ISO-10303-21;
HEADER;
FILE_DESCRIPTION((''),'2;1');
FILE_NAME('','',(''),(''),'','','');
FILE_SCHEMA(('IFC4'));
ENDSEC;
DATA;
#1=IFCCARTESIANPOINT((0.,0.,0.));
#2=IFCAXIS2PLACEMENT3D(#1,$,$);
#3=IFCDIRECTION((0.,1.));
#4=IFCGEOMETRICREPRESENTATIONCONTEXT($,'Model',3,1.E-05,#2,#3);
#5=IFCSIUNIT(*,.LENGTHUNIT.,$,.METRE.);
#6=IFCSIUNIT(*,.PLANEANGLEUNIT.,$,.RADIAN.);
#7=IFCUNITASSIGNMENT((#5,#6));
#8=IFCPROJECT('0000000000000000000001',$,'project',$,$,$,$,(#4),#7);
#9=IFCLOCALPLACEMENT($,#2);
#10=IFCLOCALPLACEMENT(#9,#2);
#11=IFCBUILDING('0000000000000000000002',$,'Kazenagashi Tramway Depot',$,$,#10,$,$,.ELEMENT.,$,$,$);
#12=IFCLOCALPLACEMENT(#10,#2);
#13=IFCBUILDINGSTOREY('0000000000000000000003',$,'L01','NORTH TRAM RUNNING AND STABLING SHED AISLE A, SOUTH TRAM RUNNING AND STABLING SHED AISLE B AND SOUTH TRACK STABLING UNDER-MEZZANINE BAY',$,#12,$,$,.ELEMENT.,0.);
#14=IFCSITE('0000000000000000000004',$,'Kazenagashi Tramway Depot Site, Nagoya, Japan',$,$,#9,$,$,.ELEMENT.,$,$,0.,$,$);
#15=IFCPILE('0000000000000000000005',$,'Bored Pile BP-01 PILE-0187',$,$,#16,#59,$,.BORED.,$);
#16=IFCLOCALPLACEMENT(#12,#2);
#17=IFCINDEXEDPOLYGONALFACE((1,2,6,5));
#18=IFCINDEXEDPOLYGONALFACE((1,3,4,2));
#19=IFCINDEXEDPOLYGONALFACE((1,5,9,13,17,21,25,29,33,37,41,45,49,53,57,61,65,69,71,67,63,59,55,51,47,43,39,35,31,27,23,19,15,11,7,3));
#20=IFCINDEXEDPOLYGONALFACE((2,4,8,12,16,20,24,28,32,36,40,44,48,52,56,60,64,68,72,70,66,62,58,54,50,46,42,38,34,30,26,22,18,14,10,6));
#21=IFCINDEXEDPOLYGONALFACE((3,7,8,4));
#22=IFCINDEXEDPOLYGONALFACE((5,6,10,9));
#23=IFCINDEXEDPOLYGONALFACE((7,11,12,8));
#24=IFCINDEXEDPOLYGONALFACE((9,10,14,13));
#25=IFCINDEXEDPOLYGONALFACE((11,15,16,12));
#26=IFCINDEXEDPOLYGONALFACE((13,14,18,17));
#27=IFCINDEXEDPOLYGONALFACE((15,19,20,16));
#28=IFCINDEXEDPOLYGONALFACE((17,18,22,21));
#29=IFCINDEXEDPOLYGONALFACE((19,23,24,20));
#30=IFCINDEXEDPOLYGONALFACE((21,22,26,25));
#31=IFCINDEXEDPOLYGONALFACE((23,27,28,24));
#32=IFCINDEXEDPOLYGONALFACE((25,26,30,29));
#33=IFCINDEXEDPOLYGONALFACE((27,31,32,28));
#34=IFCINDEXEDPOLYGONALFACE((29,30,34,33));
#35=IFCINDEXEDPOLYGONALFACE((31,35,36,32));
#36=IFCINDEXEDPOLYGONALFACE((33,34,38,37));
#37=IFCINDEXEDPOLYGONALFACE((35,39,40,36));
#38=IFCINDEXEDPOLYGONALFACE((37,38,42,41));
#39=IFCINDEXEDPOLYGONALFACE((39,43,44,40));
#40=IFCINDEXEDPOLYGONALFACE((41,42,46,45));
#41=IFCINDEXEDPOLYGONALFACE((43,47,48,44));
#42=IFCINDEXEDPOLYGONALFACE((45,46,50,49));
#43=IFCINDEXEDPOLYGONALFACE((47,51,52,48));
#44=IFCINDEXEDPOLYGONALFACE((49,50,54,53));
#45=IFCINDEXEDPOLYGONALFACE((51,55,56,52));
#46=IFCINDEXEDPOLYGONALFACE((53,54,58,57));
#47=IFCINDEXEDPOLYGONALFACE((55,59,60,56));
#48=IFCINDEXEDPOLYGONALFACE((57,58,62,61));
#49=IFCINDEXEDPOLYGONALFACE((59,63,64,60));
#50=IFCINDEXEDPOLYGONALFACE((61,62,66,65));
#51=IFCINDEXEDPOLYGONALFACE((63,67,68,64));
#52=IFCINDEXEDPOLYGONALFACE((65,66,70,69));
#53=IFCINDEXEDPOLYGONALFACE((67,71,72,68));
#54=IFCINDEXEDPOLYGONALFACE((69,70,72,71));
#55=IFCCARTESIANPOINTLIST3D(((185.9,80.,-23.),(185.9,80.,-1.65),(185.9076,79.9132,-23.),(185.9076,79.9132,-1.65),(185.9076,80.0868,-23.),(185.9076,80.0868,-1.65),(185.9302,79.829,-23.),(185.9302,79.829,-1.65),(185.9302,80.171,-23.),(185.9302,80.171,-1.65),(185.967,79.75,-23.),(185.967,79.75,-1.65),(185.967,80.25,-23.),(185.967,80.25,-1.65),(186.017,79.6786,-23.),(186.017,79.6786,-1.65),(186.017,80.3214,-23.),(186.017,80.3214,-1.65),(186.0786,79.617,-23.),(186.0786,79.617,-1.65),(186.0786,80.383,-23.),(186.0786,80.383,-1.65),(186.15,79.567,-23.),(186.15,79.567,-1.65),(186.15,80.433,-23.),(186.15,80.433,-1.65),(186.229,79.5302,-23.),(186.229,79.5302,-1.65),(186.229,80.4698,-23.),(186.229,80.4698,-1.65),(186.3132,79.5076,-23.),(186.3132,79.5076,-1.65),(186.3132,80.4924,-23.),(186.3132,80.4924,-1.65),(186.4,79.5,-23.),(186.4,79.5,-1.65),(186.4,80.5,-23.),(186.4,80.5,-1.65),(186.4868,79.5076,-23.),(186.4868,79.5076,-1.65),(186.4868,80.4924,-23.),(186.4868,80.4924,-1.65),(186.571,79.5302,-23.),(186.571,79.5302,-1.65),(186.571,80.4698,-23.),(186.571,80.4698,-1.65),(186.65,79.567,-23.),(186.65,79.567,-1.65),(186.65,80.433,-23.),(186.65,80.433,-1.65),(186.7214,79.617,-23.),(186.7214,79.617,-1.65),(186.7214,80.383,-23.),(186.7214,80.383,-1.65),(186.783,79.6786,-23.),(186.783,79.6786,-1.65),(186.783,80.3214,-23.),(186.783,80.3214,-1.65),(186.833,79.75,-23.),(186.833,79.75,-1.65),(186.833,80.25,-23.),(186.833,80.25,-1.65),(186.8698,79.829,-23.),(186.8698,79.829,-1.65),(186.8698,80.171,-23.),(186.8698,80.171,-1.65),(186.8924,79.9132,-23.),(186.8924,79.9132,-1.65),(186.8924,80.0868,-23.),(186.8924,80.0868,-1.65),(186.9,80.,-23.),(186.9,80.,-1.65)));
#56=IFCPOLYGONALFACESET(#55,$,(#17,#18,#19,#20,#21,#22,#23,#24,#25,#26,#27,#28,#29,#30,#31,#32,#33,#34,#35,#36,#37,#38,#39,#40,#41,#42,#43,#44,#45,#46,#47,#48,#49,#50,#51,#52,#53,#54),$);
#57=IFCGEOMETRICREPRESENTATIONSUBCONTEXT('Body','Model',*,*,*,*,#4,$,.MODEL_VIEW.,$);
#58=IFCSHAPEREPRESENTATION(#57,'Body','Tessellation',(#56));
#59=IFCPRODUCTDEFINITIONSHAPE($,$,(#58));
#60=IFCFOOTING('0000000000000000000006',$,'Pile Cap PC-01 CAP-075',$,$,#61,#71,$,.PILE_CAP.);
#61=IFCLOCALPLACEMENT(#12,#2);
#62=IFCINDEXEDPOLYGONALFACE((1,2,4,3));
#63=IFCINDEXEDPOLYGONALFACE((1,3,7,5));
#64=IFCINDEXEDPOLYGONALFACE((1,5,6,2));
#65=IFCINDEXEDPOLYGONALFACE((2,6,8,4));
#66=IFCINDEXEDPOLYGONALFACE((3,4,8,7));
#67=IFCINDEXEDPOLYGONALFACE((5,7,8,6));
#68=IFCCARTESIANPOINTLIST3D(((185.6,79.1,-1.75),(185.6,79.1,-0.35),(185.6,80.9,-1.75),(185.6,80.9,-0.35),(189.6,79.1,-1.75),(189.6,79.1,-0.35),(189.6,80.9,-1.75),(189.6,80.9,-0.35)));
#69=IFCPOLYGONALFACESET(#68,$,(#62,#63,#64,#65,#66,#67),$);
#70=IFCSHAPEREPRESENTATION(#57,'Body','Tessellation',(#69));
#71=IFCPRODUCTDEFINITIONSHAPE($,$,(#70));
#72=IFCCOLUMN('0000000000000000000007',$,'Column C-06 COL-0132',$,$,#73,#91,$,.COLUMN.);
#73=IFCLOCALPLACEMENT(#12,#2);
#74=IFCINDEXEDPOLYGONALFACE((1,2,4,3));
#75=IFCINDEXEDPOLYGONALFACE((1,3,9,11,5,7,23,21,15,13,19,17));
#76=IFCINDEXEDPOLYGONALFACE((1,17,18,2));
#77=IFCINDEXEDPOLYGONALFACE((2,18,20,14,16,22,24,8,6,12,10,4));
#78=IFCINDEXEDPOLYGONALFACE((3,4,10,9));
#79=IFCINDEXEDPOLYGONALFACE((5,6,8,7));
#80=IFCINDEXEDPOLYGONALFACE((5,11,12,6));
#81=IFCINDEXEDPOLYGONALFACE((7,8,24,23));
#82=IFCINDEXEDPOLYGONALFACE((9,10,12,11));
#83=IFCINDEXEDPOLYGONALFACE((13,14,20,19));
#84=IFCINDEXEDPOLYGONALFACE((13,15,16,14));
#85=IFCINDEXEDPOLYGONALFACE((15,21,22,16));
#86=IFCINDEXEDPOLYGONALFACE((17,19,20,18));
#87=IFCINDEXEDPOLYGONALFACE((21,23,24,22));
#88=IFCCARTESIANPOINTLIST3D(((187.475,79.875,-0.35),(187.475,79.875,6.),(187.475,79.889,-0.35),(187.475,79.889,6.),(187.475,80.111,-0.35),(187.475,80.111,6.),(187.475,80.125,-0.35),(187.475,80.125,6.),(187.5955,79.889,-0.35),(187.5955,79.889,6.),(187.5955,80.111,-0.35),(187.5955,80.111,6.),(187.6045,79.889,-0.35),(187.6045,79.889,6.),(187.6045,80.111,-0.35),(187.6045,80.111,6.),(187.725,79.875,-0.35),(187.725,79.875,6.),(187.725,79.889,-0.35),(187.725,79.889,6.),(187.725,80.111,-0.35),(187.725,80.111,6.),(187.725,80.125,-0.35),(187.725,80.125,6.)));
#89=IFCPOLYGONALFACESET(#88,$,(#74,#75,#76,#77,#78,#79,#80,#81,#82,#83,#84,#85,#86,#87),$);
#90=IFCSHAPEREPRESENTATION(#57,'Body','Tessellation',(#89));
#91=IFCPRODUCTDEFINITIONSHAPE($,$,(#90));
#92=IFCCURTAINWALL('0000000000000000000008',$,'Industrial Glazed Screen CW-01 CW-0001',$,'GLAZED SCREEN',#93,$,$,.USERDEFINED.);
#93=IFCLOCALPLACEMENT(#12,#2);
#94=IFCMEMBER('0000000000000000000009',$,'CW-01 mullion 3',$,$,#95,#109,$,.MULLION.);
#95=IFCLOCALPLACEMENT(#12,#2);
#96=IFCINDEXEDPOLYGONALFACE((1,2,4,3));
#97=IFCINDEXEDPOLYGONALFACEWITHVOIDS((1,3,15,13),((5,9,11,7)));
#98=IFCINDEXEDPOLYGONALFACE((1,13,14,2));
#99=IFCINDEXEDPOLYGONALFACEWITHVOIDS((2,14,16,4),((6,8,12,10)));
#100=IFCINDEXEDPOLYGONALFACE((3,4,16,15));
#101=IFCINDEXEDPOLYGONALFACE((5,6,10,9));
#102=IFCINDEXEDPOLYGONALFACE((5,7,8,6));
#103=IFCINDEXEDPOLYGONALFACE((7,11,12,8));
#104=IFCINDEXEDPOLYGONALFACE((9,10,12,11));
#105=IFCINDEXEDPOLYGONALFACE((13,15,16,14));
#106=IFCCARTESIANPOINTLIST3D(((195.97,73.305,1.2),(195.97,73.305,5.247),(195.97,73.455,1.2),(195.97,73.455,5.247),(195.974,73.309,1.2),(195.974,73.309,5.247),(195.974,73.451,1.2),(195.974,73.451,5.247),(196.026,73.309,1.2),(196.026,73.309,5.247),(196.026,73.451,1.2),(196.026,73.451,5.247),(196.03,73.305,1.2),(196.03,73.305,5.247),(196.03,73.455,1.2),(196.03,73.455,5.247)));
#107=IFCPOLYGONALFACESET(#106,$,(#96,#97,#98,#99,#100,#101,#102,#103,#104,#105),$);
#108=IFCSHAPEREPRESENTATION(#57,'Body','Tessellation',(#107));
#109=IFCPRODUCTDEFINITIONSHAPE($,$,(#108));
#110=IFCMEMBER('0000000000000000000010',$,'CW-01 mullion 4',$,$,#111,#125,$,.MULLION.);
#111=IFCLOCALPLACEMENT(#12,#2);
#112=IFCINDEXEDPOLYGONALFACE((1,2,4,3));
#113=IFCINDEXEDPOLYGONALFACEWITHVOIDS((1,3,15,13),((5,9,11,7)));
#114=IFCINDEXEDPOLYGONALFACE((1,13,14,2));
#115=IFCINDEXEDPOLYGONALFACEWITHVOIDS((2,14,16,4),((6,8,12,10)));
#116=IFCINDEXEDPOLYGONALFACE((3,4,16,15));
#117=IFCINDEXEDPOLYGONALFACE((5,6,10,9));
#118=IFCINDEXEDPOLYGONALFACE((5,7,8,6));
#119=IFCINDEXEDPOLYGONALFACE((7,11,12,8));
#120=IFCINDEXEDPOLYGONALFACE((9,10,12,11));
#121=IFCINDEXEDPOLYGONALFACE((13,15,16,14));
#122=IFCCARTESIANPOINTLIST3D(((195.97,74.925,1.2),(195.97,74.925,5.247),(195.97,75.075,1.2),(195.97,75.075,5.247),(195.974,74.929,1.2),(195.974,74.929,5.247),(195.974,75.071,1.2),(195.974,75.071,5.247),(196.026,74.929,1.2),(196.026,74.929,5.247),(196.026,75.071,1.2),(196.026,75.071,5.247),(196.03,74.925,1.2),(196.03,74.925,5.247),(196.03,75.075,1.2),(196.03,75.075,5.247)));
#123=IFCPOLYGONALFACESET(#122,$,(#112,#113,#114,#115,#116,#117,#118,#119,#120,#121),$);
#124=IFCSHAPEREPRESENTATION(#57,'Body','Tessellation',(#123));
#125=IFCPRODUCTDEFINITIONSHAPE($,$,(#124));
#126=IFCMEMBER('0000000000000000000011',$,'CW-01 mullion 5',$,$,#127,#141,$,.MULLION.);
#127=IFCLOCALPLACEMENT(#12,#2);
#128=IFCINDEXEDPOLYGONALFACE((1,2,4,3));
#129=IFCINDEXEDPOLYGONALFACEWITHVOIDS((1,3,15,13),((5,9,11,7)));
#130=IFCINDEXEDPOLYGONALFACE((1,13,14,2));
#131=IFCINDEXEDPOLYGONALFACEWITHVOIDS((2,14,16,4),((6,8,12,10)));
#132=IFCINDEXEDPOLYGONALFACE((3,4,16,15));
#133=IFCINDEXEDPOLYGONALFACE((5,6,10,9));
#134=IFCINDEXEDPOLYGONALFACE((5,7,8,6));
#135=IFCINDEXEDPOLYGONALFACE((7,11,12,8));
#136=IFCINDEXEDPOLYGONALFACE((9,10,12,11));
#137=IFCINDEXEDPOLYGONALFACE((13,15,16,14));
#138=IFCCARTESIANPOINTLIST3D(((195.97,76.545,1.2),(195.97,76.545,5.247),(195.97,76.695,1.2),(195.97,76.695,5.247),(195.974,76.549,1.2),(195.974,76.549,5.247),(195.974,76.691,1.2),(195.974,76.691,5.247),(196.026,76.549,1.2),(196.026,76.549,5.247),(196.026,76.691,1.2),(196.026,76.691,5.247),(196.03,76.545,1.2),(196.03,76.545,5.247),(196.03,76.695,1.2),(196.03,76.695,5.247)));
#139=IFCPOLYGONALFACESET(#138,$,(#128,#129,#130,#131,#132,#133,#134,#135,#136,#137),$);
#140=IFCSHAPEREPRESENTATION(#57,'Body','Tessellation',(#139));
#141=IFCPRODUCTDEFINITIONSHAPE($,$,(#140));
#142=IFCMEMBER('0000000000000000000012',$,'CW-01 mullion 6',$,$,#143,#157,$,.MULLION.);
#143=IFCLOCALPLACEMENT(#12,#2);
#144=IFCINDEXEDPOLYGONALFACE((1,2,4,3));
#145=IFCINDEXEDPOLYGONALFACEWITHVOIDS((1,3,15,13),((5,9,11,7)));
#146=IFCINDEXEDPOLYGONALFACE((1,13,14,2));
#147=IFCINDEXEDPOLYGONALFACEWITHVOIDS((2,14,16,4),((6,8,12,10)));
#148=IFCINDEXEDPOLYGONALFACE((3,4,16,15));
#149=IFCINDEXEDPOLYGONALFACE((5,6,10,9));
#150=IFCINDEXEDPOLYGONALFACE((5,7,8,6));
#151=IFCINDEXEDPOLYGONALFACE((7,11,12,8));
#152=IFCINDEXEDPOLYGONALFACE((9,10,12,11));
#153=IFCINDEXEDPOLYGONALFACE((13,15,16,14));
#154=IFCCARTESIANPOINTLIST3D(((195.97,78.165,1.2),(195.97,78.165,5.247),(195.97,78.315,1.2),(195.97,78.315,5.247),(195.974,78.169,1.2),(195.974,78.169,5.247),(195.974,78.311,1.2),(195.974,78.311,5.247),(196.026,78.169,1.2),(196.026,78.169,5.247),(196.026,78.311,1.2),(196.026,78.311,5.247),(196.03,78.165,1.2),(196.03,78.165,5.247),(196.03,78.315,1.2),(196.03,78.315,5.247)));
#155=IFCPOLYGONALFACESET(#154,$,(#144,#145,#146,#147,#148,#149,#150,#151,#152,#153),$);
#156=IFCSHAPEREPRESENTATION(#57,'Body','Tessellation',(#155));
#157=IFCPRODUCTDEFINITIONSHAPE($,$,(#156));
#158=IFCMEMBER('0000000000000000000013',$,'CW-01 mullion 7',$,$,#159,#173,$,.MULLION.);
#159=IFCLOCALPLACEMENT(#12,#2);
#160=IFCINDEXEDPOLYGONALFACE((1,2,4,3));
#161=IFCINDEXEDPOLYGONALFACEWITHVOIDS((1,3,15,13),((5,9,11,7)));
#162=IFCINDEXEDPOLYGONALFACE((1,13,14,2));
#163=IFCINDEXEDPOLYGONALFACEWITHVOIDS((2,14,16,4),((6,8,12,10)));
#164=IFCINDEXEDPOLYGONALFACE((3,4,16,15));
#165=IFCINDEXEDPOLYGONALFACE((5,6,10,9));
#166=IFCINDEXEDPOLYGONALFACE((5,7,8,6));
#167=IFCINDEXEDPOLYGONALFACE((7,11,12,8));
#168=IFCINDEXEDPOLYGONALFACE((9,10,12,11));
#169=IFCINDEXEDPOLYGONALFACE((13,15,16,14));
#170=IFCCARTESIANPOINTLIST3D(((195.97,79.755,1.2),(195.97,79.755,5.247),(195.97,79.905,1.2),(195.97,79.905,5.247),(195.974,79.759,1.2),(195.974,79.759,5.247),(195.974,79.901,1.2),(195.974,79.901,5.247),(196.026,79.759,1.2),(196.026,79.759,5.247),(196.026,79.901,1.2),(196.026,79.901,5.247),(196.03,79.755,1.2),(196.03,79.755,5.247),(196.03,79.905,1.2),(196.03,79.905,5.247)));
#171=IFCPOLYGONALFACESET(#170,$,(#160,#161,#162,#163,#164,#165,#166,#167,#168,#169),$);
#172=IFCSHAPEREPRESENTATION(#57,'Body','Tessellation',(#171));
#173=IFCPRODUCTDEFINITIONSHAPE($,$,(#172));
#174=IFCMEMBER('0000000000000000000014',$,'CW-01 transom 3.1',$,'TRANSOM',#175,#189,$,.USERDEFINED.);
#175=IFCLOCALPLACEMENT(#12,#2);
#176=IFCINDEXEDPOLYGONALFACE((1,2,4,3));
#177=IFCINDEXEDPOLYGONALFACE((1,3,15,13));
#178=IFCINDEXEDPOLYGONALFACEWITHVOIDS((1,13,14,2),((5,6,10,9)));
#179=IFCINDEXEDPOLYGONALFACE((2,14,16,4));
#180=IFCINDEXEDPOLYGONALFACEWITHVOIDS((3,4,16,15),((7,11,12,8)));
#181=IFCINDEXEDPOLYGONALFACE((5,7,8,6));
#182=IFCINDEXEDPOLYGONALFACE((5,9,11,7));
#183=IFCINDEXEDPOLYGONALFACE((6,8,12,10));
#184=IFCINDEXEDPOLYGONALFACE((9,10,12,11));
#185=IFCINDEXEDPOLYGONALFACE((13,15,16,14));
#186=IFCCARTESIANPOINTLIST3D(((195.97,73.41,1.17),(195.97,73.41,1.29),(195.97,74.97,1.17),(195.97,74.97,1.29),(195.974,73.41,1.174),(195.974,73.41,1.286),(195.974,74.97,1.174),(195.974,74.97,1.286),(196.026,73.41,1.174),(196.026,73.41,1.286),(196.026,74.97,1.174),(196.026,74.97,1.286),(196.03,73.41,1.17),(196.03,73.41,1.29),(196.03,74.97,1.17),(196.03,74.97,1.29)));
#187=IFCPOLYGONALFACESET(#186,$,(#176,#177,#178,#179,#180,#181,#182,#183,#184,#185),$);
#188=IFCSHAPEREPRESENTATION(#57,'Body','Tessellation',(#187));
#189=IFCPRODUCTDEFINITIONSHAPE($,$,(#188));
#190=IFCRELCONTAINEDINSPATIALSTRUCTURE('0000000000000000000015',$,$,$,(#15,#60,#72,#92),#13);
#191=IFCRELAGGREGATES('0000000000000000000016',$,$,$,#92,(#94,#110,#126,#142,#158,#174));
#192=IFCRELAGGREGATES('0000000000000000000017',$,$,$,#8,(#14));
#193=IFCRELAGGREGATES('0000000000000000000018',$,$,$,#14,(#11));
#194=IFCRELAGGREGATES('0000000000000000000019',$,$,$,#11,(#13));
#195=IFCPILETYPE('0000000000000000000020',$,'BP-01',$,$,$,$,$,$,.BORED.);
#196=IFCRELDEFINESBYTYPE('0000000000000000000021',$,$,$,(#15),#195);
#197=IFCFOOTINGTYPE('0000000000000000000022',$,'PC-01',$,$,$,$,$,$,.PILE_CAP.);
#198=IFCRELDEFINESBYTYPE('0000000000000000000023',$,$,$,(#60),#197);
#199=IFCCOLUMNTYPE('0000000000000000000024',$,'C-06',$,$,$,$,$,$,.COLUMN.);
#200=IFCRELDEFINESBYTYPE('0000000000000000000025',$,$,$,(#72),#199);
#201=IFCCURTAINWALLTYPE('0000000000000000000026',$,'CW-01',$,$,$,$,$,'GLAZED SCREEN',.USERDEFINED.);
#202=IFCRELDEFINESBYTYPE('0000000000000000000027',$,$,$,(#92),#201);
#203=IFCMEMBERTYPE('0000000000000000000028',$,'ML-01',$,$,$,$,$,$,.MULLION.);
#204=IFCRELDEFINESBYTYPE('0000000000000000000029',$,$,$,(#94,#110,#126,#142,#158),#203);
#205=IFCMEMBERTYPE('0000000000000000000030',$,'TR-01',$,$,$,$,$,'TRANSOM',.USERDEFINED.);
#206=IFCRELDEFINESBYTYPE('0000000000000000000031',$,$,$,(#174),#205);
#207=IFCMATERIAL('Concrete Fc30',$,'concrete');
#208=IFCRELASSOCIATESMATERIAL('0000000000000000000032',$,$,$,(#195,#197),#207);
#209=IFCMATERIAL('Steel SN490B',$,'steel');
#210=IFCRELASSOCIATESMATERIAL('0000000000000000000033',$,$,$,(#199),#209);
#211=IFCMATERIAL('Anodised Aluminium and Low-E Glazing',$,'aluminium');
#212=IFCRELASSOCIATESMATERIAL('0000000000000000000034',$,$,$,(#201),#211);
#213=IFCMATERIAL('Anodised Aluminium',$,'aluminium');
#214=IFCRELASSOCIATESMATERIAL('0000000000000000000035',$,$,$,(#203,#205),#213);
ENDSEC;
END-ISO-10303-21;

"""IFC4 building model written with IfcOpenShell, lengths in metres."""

from ifc_helpers import new_model, si_unit, direction, frame, origin, origin_2d, place, context, subcontext, project, spatial, rectangle, hollow_rectangle, circle, i_section, extrude, material, material_profile, profile_set, type_object, element, aggregate, save


model = new_model("IFC4")

# Units and contexts
model_context = context("Model", 3, precision=1e-05, world=origin(), true_north=direction((0.0, 1.0)))
body_context = subcontext(model_context, "Body", "Model", "MODEL_VIEW")
ifc_project = project(units=[si_unit("LENGTHUNIT", "METRE"), si_unit("PLANEANGLEUNIT", "RADIAN")], contexts=[model_context])

# Site, building, storey
site_placement = place(None, origin())
site = spatial("IfcSite", under=ifc_project, at=site_placement, Name="Kazenagashi Tramway Depot Site, Nagoya, Japan", CompositionType="ELEMENT", RefElevation=0.0)
building_placement = place(site_placement, origin())
building = spatial("IfcBuilding", under=site, at=building_placement, Name="Kazenagashi Tramway Depot", CompositionType="ELEMENT")
storey_placement = place(building_placement, origin())
storey = spatial("IfcBuildingStorey", under=building, at=storey_placement, Name="L01", Description="NORTH TRAM RUNNING AND STABLING SHED AISLE A, SOUTH TRAM RUNNING AND STABLING SHED AISLE B AND SOUTH TRACK STABLING UNDER-MEZZANINE BAY", CompositionType="ELEMENT", Elevation=0.0)

# Pile
ifc_material_1 = material(Name="Concrete Fc30", Category="concrete")
ifc_material_profile_1 = material_profile(ifc_material_1, circle(Radius=0.5, at=origin_2d()), Name="PILE-1000")
ifc_profile_set_1 = profile_set([ifc_material_profile_1], Name="Concrete Fc30")
pile_type = type_object("IfcPileType", Name="BP-01", PredefinedType="BORED", material=ifc_profile_set_1)
pile_placement = place(storey_placement, frame((186.4, 80.0, -1.65), z_axis=(0.0, 0.0, -1.0), x_axis=(1.0, 0.0, 0.0)))
element("IfcPile", 1, at=pile_placement, inside=storey, type_object=pile_type, Name="Bored Pile BP-01 PILE-0187", PredefinedType="BORED", context=body_context, shape_type="SweptSolid", body=[
    extrude(circle(Radius=0.5, at=origin_2d()), origin(), (0.0, 0.0, 1.0), 21.35),
])

# Footing
footing_type = type_object("IfcFootingType", Name="PC-01", PredefinedType="PILE_CAP", material=ifc_material_1)
footing_placement = place(storey_placement, frame((187.6, 80.0, -1.75), z_axis=(0.0, 0.0, 1.0), x_axis=(1.0, 0.0, 0.0)))
element("IfcFooting", 2, at=footing_placement, inside=storey, type_object=footing_type, Name="Pile Cap PC-01 CAP-075", PredefinedType="PILE_CAP", context=body_context, shape_type="SweptSolid", body=[
    extrude(rectangle(XDim=4.0, YDim=1.8, at=origin_2d()), origin(), (0.0, 0.0, 1.0), 1.4),
])

# Column
ifc_material_2 = material(Name="Steel SN490B", Category="steel")
ifc_material_profile_2 = material_profile(ifc_material_2, i_section(OverallWidth=0.25, OverallDepth=0.25, WebThickness=0.009, FlangeThickness=0.014, at=origin_2d()), Name="H-250x250x9x14")
ifc_profile_set_2 = profile_set([ifc_material_profile_2], Name="Steel SN490B")
column_type = type_object("IfcColumnType", Name="C-06", PredefinedType="COLUMN", material=ifc_profile_set_2)
column_placement = place(storey_placement, frame((187.6, 80.0, -0.35), z_axis=(0.0, 0.0, 1.0), x_axis=(1.0, 0.0, 0.0)))
element("IfcColumn", 3, at=column_placement, inside=storey, type_object=column_type, Name="Column C-06 COL-0132", PredefinedType="COLUMN", context=body_context, shape_type="SweptSolid", body=[
    extrude(i_section(OverallWidth=0.25, OverallDepth=0.25, WebThickness=0.009, FlangeThickness=0.014, at=origin_2d()), origin(), (0.0, 0.0, 1.0), 6.35),
])

# Curtain wall, members
ifc_material_3 = material(Name="Anodised Aluminium and Low-E Glazing", Category="aluminium")
curtain_wall_type = type_object("IfcCurtainWallType", Name="CW-01", ElementType="GLAZED SCREEN", PredefinedType="USERDEFINED", material=ifc_material_3)
curtain_wall_placement = place(storey_placement, origin())
curtain_wall = element("IfcCurtainWall", 4, at=curtain_wall_placement, inside=storey, type_object=curtain_wall_type, Name="Industrial Glazed Screen CW-01 CW-0001", ObjectType="GLAZED SCREEN", PredefinedType="USERDEFINED")
ifc_material_4 = material(Name="Anodised Aluminium", Category="aluminium")
ifc_material_profile_3 = material_profile(ifc_material_4, hollow_rectangle(XDim=0.06, YDim=0.15, WallThickness=0.004, at=origin_2d()), Name="RHS-150x60x4")
ifc_profile_set_3 = profile_set([ifc_material_profile_3], Name="Anodised Aluminium")
member_type_1 = type_object("IfcMemberType", Name="ML-01", PredefinedType="MULLION", material=ifc_profile_set_3)
member_1_placement = place(storey_placement, frame((196.0, 73.38, 1.2), z_axis=(0.0, 0.0, 1.0), x_axis=(-1.0, 0.0, 0.0)))
member_1 = element("IfcMember", 5, at=member_1_placement, type_object=member_type_1, Name="CW-01 mullion 3", PredefinedType="MULLION", context=body_context, shape_type="SweptSolid", body=[
    extrude(hollow_rectangle(XDim=0.06, YDim=0.15, WallThickness=0.004, at=origin_2d()), origin(), (0.0, 0.0, 1.0), 4.047),
])
member_2_placement = place(storey_placement, frame((196.0, 75.0, 1.2), z_axis=(0.0, 0.0, 1.0), x_axis=(-1.0, 0.0, 0.0)))
member_2 = element("IfcMember", 6, at=member_2_placement, type_object=member_type_1, Name="CW-01 mullion 4", PredefinedType="MULLION", context=body_context, shape_type="SweptSolid", body=[
    extrude(hollow_rectangle(XDim=0.06, YDim=0.15, WallThickness=0.004, at=origin_2d()), origin(), (0.0, 0.0, 1.0), 4.047),
])
member_3_placement = place(storey_placement, frame((196.0, 76.62, 1.2), z_axis=(0.0, 0.0, 1.0), x_axis=(-1.0, 0.0, 0.0)))
member_3 = element("IfcMember", 7, at=member_3_placement, type_object=member_type_1, Name="CW-01 mullion 5", PredefinedType="MULLION", context=body_context, shape_type="SweptSolid", body=[
    extrude(hollow_rectangle(XDim=0.06, YDim=0.15, WallThickness=0.004, at=origin_2d()), origin(), (0.0, 0.0, 1.0), 4.047),
])
member_4_placement = place(storey_placement, frame((196.0, 78.24, 1.2), z_axis=(0.0, 0.0, 1.0), x_axis=(-1.0, 0.0, 0.0)))
member_4 = element("IfcMember", 8, at=member_4_placement, type_object=member_type_1, Name="CW-01 mullion 6", PredefinedType="MULLION", context=body_context, shape_type="SweptSolid", body=[
    extrude(hollow_rectangle(XDim=0.06, YDim=0.15, WallThickness=0.004, at=origin_2d()), origin(), (0.0, 0.0, 1.0), 4.047),
])
member_5_placement = place(storey_placement, frame((196.0, 79.83, 1.2), z_axis=(0.0, 0.0, 1.0), x_axis=(-1.0, 0.0, 0.0)))
member_5 = element("IfcMember", 9, at=member_5_placement, type_object=member_type_1, Name="CW-01 mullion 7", PredefinedType="MULLION", context=body_context, shape_type="SweptSolid", body=[
    extrude(hollow_rectangle(XDim=0.06, YDim=0.15, WallThickness=0.004, at=origin_2d()), origin(), (0.0, 0.0, 1.0), 4.047),
])
ifc_material_profile_4 = material_profile(ifc_material_4, hollow_rectangle(XDim=0.06, YDim=0.12, WallThickness=0.004, at=origin_2d()), Name="RHS-120x60x4")
ifc_profile_set_4 = profile_set([ifc_material_profile_4], Name="Anodised Aluminium")
member_type_2 = type_object("IfcMemberType", Name="TR-01", ElementType="TRANSOM", PredefinedType="USERDEFINED", material=ifc_profile_set_4)
member_6_placement = place(storey_placement, frame((196.0, 73.41, 1.23), z_axis=(0.0, 1.0, 0.0), x_axis=(-1.0, 0.0, 0.0)))
member_6 = element("IfcMember", 10, at=member_6_placement, type_object=member_type_2, Name="CW-01 transom 3.1", ObjectType="TRANSOM", PredefinedType="USERDEFINED", context=body_context, shape_type="SweptSolid", body=[
    extrude(hollow_rectangle(XDim=0.06, YDim=0.12, WallThickness=0.004, at=origin_2d()), origin(), (0.0, 0.0, 1.0), 1.56),
])
aggregate(curtain_wall, [member_1, member_2, member_3, member_4, member_5, member_6])

save(model, "model.ifc")
